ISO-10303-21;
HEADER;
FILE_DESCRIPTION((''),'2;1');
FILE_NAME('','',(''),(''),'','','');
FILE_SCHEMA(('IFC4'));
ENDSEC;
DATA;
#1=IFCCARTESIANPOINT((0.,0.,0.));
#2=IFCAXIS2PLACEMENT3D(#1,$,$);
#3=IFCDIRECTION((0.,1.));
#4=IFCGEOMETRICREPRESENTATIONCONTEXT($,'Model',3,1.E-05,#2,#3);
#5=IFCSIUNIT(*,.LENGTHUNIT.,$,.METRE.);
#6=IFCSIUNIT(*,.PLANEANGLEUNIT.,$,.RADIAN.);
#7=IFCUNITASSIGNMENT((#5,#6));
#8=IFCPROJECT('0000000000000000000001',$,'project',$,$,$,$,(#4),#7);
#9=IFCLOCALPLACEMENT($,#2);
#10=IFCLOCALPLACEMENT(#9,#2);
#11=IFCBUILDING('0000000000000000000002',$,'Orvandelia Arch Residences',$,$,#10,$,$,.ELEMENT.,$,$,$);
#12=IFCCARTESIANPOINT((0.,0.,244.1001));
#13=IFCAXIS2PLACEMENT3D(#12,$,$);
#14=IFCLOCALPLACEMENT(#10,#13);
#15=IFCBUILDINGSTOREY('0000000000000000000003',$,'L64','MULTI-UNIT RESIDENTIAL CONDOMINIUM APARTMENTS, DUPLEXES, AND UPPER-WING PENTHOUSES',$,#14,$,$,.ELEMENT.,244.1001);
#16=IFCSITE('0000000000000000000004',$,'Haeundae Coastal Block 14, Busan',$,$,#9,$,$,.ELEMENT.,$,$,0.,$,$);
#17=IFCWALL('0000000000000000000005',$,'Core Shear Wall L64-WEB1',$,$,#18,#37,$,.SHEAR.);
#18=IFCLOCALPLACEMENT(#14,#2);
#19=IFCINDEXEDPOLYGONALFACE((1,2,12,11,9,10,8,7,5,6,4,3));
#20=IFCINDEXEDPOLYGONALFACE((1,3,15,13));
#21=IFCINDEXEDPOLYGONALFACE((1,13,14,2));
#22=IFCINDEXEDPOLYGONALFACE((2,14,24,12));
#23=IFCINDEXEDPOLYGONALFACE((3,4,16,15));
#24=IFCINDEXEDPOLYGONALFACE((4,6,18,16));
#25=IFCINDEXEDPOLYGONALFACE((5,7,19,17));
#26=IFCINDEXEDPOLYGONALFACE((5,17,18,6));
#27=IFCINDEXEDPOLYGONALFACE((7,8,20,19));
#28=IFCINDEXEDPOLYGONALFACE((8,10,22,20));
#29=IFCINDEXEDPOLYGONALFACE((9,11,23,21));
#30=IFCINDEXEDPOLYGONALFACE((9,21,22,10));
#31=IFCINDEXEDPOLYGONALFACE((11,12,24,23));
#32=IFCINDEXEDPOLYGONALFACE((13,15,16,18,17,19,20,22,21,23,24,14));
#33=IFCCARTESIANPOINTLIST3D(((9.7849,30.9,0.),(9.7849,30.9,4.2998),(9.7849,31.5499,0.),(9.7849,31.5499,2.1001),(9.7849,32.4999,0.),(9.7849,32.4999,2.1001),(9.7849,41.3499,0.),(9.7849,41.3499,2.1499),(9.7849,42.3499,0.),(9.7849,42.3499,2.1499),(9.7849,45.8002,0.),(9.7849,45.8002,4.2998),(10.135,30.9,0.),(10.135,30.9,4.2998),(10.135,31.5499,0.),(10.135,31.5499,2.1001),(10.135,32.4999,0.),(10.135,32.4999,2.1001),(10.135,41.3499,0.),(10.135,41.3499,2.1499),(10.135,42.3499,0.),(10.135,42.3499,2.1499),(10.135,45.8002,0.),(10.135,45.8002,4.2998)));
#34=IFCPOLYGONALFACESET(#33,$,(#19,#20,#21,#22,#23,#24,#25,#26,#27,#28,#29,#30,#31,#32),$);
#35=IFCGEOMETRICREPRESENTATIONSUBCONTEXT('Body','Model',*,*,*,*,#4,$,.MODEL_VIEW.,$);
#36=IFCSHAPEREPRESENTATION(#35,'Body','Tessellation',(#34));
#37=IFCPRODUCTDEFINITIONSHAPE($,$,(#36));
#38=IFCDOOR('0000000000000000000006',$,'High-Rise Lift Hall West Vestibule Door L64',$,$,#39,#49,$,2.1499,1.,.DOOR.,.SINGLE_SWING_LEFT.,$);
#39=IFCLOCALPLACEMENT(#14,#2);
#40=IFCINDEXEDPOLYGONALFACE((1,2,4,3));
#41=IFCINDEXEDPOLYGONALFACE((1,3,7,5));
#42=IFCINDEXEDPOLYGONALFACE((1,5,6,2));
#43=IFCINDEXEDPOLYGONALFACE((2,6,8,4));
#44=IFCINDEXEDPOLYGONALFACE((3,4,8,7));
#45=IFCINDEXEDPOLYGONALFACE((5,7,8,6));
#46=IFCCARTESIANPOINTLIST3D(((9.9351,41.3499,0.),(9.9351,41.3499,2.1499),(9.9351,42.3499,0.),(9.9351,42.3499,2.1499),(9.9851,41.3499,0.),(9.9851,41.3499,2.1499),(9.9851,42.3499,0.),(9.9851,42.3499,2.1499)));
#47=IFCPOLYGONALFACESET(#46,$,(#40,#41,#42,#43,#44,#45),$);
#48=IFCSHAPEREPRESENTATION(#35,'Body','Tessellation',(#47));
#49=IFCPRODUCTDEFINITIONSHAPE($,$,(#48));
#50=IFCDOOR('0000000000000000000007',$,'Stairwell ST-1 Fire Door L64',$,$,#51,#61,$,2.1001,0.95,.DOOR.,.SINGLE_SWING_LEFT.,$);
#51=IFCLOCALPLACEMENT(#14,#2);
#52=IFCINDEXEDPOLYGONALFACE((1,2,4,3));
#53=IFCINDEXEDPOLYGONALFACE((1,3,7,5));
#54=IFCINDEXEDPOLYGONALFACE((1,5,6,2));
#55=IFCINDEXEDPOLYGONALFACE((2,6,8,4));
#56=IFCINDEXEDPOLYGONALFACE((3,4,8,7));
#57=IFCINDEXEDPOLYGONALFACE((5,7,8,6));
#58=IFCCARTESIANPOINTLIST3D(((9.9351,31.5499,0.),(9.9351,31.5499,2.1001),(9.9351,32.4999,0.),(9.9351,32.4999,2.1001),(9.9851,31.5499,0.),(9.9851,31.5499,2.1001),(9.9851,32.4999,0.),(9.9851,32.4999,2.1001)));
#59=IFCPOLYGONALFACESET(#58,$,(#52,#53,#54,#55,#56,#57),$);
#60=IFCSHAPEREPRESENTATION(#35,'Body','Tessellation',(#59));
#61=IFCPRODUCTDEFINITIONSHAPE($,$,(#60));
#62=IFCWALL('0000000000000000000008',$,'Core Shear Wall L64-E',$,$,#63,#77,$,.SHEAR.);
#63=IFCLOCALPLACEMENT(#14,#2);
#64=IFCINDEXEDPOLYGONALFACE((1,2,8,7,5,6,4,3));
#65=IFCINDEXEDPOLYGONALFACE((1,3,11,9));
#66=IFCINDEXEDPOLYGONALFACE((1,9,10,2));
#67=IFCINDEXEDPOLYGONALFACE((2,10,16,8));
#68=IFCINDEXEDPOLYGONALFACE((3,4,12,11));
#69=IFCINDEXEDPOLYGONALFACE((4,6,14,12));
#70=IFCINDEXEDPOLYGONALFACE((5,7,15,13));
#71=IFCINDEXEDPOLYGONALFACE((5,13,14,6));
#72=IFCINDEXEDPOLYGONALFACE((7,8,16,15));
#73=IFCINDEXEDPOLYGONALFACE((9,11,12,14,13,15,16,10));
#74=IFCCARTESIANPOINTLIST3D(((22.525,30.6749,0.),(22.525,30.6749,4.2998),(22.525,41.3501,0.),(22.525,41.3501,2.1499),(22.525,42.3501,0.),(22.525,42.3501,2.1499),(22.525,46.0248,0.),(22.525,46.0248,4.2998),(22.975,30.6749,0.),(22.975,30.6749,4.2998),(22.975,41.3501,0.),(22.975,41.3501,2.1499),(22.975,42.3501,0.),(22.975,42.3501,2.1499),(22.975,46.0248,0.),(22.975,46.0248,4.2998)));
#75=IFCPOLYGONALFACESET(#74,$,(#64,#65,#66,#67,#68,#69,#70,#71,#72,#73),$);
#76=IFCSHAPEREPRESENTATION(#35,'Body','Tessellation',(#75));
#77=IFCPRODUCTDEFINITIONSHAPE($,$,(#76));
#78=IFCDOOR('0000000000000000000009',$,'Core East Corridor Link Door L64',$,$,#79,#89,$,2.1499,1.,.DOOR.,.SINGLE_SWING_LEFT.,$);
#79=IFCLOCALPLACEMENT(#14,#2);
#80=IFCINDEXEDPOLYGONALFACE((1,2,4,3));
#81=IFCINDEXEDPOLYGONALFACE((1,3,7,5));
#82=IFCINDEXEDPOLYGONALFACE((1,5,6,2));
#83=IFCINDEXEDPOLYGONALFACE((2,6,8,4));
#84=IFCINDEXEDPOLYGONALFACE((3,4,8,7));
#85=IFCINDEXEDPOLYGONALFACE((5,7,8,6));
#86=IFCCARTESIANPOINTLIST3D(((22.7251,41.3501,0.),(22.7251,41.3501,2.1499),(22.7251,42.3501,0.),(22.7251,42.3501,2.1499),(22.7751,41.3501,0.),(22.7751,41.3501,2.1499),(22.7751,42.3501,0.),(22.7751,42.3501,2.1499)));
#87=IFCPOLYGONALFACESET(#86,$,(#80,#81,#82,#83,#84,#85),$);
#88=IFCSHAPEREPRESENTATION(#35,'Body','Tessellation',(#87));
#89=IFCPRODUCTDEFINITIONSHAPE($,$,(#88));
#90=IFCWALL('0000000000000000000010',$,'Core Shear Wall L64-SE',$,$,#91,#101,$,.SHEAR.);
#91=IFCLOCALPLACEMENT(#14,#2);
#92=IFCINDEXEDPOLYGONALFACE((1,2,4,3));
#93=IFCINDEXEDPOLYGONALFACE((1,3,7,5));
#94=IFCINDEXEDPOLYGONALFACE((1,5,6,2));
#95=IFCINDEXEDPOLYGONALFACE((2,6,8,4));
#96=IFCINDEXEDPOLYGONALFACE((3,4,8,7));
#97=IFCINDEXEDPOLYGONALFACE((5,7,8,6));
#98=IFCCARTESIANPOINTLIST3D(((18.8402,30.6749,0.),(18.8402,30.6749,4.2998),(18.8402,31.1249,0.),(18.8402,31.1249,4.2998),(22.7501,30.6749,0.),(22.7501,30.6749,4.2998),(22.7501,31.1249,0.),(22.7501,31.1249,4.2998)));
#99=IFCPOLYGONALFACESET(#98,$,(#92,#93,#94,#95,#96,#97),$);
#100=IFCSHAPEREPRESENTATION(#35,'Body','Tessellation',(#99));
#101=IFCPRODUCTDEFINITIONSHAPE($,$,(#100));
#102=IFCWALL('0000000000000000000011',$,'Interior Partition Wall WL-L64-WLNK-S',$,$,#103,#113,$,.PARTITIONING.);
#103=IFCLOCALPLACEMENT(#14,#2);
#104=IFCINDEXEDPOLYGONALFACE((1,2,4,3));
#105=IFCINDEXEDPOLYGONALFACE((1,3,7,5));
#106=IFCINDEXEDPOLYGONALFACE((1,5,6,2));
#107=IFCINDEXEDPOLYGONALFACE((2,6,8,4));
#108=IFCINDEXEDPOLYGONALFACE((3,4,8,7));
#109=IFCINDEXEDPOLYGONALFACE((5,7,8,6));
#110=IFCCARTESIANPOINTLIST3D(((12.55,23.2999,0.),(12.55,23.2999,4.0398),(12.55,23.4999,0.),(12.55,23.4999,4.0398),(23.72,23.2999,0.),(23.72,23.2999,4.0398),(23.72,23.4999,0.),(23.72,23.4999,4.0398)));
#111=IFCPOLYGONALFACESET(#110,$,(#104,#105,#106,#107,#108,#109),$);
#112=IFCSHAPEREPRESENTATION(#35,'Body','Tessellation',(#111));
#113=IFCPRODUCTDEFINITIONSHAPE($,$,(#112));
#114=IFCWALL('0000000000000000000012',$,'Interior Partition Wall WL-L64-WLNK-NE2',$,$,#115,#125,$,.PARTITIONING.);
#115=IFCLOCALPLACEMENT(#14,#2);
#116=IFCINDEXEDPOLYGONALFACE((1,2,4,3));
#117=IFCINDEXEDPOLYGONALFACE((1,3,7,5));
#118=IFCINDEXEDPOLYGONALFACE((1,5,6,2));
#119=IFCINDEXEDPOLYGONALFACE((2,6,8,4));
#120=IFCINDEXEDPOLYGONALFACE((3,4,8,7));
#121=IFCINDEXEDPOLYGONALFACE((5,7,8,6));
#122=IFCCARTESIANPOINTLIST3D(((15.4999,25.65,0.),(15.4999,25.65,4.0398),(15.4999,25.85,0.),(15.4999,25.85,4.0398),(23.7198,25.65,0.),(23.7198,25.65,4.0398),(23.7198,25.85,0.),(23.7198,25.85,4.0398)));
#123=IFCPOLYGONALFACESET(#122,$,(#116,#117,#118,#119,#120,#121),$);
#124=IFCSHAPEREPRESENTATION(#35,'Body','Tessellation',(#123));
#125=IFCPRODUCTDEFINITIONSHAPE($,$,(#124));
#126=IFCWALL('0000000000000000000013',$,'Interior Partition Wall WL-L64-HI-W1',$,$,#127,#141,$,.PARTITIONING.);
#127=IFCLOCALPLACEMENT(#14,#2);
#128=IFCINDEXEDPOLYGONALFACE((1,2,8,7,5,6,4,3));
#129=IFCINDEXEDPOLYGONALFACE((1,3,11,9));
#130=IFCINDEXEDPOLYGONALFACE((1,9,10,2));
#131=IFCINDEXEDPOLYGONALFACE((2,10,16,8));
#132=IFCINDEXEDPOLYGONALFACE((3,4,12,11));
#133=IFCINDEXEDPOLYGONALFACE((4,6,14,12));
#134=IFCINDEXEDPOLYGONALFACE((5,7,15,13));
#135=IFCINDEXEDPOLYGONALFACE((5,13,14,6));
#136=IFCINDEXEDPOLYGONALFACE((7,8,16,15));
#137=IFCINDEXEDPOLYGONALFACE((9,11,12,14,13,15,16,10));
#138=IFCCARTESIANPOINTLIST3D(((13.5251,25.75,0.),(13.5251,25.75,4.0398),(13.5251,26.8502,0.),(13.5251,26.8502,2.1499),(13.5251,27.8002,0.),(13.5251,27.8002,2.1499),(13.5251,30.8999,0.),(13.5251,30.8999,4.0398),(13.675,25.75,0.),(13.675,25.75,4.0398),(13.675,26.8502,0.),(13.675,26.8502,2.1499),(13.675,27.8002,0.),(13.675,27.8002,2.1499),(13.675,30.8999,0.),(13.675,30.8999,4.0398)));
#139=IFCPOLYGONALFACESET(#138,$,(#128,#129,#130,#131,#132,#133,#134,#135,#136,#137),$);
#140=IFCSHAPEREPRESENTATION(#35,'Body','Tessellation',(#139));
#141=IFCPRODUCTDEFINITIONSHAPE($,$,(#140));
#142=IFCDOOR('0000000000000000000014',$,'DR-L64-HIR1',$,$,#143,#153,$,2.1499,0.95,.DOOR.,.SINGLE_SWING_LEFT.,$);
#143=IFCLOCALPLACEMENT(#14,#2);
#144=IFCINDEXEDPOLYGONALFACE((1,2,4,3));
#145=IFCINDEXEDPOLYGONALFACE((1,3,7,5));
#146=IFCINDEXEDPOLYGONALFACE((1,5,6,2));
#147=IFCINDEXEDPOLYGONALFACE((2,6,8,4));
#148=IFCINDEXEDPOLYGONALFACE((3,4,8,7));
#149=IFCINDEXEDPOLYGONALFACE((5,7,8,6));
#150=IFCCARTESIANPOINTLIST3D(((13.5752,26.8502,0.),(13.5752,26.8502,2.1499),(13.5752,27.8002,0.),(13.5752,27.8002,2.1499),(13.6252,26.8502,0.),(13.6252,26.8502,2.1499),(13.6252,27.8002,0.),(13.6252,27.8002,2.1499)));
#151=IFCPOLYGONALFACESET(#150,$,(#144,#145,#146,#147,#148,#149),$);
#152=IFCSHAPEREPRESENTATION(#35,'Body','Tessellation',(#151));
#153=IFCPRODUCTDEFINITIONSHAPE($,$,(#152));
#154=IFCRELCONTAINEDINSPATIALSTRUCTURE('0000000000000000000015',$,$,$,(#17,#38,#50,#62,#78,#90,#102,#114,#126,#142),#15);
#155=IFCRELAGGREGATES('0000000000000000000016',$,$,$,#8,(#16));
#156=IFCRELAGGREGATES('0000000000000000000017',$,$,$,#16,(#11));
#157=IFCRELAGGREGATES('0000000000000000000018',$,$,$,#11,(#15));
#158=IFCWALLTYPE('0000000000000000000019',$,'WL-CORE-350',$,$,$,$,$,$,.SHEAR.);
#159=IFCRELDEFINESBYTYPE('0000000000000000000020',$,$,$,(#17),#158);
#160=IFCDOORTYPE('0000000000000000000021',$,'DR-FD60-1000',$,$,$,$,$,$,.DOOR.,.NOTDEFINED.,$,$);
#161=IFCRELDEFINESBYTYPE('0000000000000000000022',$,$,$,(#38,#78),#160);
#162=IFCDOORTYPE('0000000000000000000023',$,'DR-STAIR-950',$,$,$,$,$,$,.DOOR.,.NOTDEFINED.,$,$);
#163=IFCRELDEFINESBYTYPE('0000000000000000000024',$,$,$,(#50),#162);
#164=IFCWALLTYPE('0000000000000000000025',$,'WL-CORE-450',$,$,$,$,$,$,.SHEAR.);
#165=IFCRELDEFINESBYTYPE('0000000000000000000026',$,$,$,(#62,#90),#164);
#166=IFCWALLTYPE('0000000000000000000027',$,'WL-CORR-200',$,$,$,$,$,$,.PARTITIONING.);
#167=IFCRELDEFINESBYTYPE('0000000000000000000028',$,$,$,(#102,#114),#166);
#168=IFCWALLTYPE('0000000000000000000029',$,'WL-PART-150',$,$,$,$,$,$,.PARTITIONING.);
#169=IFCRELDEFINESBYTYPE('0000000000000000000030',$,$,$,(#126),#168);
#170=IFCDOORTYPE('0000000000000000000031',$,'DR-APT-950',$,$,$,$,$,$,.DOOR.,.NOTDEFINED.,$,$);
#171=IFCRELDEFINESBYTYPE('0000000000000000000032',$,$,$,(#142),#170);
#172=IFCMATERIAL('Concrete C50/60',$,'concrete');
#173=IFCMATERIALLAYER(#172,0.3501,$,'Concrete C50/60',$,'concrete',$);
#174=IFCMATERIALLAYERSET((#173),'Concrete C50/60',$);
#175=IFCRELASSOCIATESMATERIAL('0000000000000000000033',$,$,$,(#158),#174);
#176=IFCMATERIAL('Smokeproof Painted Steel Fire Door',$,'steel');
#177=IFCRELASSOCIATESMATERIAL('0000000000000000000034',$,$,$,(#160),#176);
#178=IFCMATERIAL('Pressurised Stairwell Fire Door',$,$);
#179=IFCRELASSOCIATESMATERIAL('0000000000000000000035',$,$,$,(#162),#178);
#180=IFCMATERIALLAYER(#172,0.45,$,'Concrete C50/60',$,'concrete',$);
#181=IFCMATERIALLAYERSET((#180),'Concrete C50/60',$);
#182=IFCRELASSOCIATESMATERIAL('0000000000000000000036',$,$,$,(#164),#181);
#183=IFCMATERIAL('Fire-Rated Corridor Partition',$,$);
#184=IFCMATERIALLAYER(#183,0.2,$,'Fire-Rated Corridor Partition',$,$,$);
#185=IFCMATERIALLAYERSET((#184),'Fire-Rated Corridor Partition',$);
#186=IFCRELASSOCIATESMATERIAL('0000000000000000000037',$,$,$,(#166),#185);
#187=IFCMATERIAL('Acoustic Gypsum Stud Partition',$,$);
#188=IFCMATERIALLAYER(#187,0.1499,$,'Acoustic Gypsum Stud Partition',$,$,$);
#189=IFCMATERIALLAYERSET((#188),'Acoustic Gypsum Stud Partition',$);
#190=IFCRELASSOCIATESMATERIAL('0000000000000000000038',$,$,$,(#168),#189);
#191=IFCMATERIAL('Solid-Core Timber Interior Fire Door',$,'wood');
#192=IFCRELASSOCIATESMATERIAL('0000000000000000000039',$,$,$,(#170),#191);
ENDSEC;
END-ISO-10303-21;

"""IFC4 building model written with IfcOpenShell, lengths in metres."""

from ifc_helpers import new_model, si_unit, direction, frame, frame_2d, origin, place, context, subcontext, project, spatial, rectangle, extrude, material, layer, layer_set, type_object, element, fill, save


model = new_model("IFC4")

# Units and contexts
model_context = context("Model", 3, precision=1e-05, world=origin(), true_north=direction((0.0, 1.0)))
body_context = subcontext(model_context, "Body", "Model", "MODEL_VIEW")
ifc_project = project(units=[si_unit("LENGTHUNIT", "METRE"), si_unit("PLANEANGLEUNIT", "RADIAN")], contexts=[model_context])

# Site, building, storey
site_placement = place(None, origin())
site = spatial("IfcSite", under=ifc_project, at=site_placement, Name="Haeundae Coastal Block 14, Busan", CompositionType="ELEMENT", RefElevation=0.0)
building_placement = place(site_placement, origin())
building = spatial("IfcBuilding", under=site, at=building_placement, Name="Orvandelia Arch Residences", CompositionType="ELEMENT")
storey_placement = place(building_placement, frame((0.0, 0.0, 244.1001)))
storey = spatial("IfcBuildingStorey", under=building, at=storey_placement, Name="L64", Description="MULTI-UNIT RESIDENTIAL CONDOMINIUM APARTMENTS, DUPLEXES, AND UPPER-WING PENTHOUSES", CompositionType="ELEMENT", Elevation=244.1001)

# Wall, openings, doors
ifc_material_1 = material(Name="Concrete C50/60", Category="concrete")
ifc_layer_1 = layer(ifc_material_1, 0.3501, Name="Concrete C50/60", Category="concrete")
ifc_layer_set_1 = layer_set([ifc_layer_1], Name="Concrete C50/60")
wall_type_1 = type_object("IfcWallType", Name="WL-CORE-350", PredefinedType="SHEAR", material=ifc_layer_set_1)
wall_1_placement = place(storey_placement, frame((9.96, 30.8999, 0.0), z_axis=(0.0, 0.0, 1.0), x_axis=(0.0, 1.0, 0.0)))
wall_1 = element("IfcWall", 1, at=wall_1_placement, inside=storey, type_object=wall_type_1, Name="Core Shear Wall L64-WEB1", PredefinedType="SHEAR", context=body_context, shape_type="SweptSolid", body=[
    extrude(rectangle(XDim=14.9001, YDim=0.3501, at=frame_2d((7.4502, 0.0))), origin(), (0.0, 0.0, 1.0), 4.2998),
])
opening_1_placement = place(wall_1_placement, frame((0.6499, 0.0, 0.0)))
opening_1 = element("IfcOpeningElement", 2, at=opening_1_placement, cuts=wall_1, PredefinedType="OPENING", context=body_context, shape_type="SweptSolid", body=[
    extrude(rectangle(XDim=0.95, YDim=2.1001, at=frame_2d((0.4751, 1.05))), frame((0.0, 0.1851, 0.0), z_axis=(0.0, -1.0, 0.0), x_axis=(1.0, 0.0, 0.0)), (0.0, 0.0, 1.0), 0.3701),
])
opening_2_placement = place(wall_1_placement, frame((10.45, 0.0, 0.0)))
opening_2 = element("IfcOpeningElement", 3, at=opening_2_placement, cuts=wall_1, PredefinedType="OPENING", context=body_context, shape_type="SweptSolid", body=[
    extrude(rectangle(XDim=1.0, YDim=2.1499, at=frame_2d((0.5, 1.075))), frame((0.0, 0.1851, 0.0), z_axis=(0.0, -1.0, 0.0), x_axis=(1.0, 0.0, 0.0)), (0.0, 0.0, 1.0), 0.3701),
])
ifc_material_2 = material(Name="Smokeproof Painted Steel Fire Door", Category="steel")
door_type_1 = type_object("IfcDoorType", Name="DR-FD60-1000", OperationType="NOTDEFINED", PredefinedType="DOOR", material=ifc_material_2)
door_1_placement = place(opening_2_placement, origin())
door_1 = element("IfcDoor", 4, at=door_1_placement, inside=storey, type_object=door_type_1, Name="High-Rise Lift Hall West Vestibule Door L64", OperationType="SINGLE_SWING_LEFT", OverallHeight=2.1499, OverallWidth=1.0, PredefinedType="DOOR", context=body_context, shape_type="SweptSolid", body=[
    extrude(rectangle(XDim=1.0, YDim=2.1499, at=frame_2d((0.5, 1.075))), frame((0.0, 0.0249, 0.0), z_axis=(0.0, -1.0, 0.0), x_axis=(1.0, 0.0, 0.0)), (0.0, 0.0, 1.0), 0.05),
])
fill(opening_2, door_1)
ifc_material_3 = material(Name="Pressurised Stairwell Fire Door")
door_type_2 = type_object("IfcDoorType", Name="DR-STAIR-950", OperationType="NOTDEFINED", PredefinedType="DOOR", material=ifc_material_3)
door_2_placement = place(opening_1_placement, origin())
door_2 = element("IfcDoor", 5, at=door_2_placement, inside=storey, type_object=door_type_2, Name="Stairwell ST-1 Fire Door L64", OperationType="SINGLE_SWING_LEFT", OverallHeight=2.1001, OverallWidth=0.95, PredefinedType="DOOR", context=body_context, shape_type="SweptSolid", body=[
    extrude(rectangle(XDim=0.95, YDim=2.1001, at=frame_2d((0.4751, 1.05))), frame((0.0, 0.0249, 0.0), z_axis=(0.0, -1.0, 0.0), x_axis=(1.0, 0.0, 0.0)), (0.0, 0.0, 1.0), 0.05),
])
fill(opening_1, door_2)

# Wall, opening, door
ifc_layer_2 = layer(ifc_material_1, 0.45, Name="Concrete C50/60", Category="concrete")
ifc_layer_set_2 = layer_set([ifc_layer_2], Name="Concrete C50/60")
wall_type_2 = type_object("IfcWallType", Name="WL-CORE-450", PredefinedType="SHEAR", material=ifc_layer_set_2)
wall_2_placement = place(storey_placement, frame((22.75, 30.675, 0.0), z_axis=(0.0, 0.0, 1.0), x_axis=(0.0, 1.0, 0.0)))
wall_2 = element("IfcWall", 6, at=wall_2_placement, inside=storey, type_object=wall_type_2, Name="Core Shear Wall L64-E", PredefinedType="SHEAR", context=body_context, shape_type="SweptSolid", body=[
    extrude(rectangle(XDim=15.3499, YDim=0.45, at=frame_2d((7.6748, 0.0))), origin(), (0.0, 0.0, 1.0), 4.2998),
])
opening_3_placement = place(wall_2_placement, frame((10.675, 0.0, 0.0)))
opening_3 = element("IfcOpeningElement", 7, at=opening_3_placement, cuts=wall_2, PredefinedType="OPENING", context=body_context, shape_type="SweptSolid", body=[
    extrude(rectangle(XDim=1.0, YDim=2.1499, at=frame_2d((0.5, 1.075))), frame((0.0, 0.2349, 0.0), z_axis=(0.0, -1.0, 0.0), x_axis=(1.0, 0.0, 0.0)), (0.0, 0.0, 1.0), 0.47),
])
door_3_placement = place(opening_3_placement, origin())
door_3 = element("IfcDoor", 8, at=door_3_placement, inside=storey, type_object=door_type_1, Name="Core East Corridor Link Door L64", OperationType="SINGLE_SWING_LEFT", OverallHeight=2.1499, OverallWidth=1.0, PredefinedType="DOOR", context=body_context, shape_type="SweptSolid", body=[
    extrude(rectangle(XDim=1.0, YDim=2.1499, at=frame_2d((0.5, 1.075))), frame((0.0, 0.0249, 0.0), z_axis=(0.0, -1.0, 0.0), x_axis=(1.0, 0.0, 0.0)), (0.0, 0.0, 1.0), 0.05),
])
fill(opening_3, door_3)

# Walls
wall_3_placement = place(storey_placement, frame((18.8401, 30.8999, 0.0), z_axis=(0.0, 0.0, 1.0), x_axis=(1.0, 0.0, 0.0)))
element("IfcWall", 9, at=wall_3_placement, inside=storey, type_object=wall_type_2, Name="Core Shear Wall L64-SE", PredefinedType="SHEAR", context=body_context, shape_type="SweptSolid", body=[
    extrude(rectangle(XDim=3.9099, YDim=0.45, at=frame_2d((1.9551, 0.0))), origin(), (0.0, 0.0, 1.0), 4.2998),
])
ifc_material_4 = material(Name="Fire-Rated Corridor Partition")
ifc_layer_3 = layer(ifc_material_4, 0.2, Name="Fire-Rated Corridor Partition")
ifc_layer_set_3 = layer_set([ifc_layer_3], Name="Fire-Rated Corridor Partition")
wall_type_3 = type_object("IfcWallType", Name="WL-CORR-200", PredefinedType="PARTITIONING", material=ifc_layer_set_3)
wall_4_placement = place(storey_placement, frame((12.55, 23.3999, 0.0), z_axis=(0.0, 0.0, 1.0), x_axis=(1.0, 0.0, 0.0)))
element("IfcWall", 10, at=wall_4_placement, inside=storey, type_object=wall_type_3, Name="Interior Partition Wall WL-L64-WLNK-S", PredefinedType="PARTITIONING", context=body_context, shape_type="SweptSolid", body=[
    extrude(rectangle(XDim=11.1699, YDim=0.2, at=frame_2d((5.585, 0.0))), origin(), (0.0, 0.0, 1.0), 4.0398),
])
wall_5_placement = place(storey_placement, frame((15.5, 25.75, 0.0), z_axis=(0.0, 0.0, 1.0), x_axis=(1.0, 0.0, 0.0)))
element("IfcWall", 11, at=wall_5_placement, inside=storey, type_object=wall_type_3, Name="Interior Partition Wall WL-L64-WLNK-NE2", PredefinedType="PARTITIONING", context=body_context, shape_type="SweptSolid", body=[
    extrude(rectangle(XDim=8.22, YDim=0.2, at=frame_2d((4.1099, 0.0))), origin(), (0.0, 0.0, 1.0), 4.0398),
])

# Wall, opening, door
ifc_material_5 = material(Name="Acoustic Gypsum Stud Partition")
ifc_layer_4 = layer(ifc_material_5, 0.1499, Name="Acoustic Gypsum Stud Partition")
ifc_layer_set_4 = layer_set([ifc_layer_4], Name="Acoustic Gypsum Stud Partition")
wall_type_4 = type_object("IfcWallType", Name="WL-PART-150", PredefinedType="PARTITIONING", material=ifc_layer_set_4)
wall_6_placement = place(storey_placement, frame((13.6001, 25.75, 0.0), z_axis=(0.0, 0.0, 1.0), x_axis=(0.0, 1.0, 0.0)))
wall_6 = element("IfcWall", 12, at=wall_6_placement, inside=storey, type_object=wall_type_4, Name="Interior Partition Wall WL-L64-HI-W1", PredefinedType="PARTITIONING", context=body_context, shape_type="SweptSolid", body=[
    extrude(rectangle(XDim=5.1499, YDim=0.1499, at=frame_2d((2.575, 0.0))), origin(), (0.0, 0.0, 1.0), 4.0398),
])
opening_4_placement = place(wall_6_placement, frame((1.1001, 0.0, 0.0)))
opening_4 = element("IfcOpeningElement", 13, at=opening_4_placement, cuts=wall_6, PredefinedType="OPENING", context=body_context, shape_type="SweptSolid", body=[
    extrude(rectangle(XDim=0.95, YDim=2.1499, at=frame_2d((0.4751, 1.075))), frame((0.0, 0.085, 0.0), z_axis=(0.0, -1.0, 0.0), x_axis=(1.0, 0.0, 0.0)), (0.0, 0.0, 1.0), 0.1699),
])
ifc_material_6 = material(Name="Solid-Core Timber Interior Fire Door", Category="wood")
door_type_3 = type_object("IfcDoorType", Name="DR-APT-950", OperationType="NOTDEFINED", PredefinedType="DOOR", material=ifc_material_6)
door_4_placement = place(opening_4_placement, origin())
door_4 = element("IfcDoor", 14, at=door_4_placement, inside=storey, type_object=door_type_3, Name="DR-L64-HIR1", OperationType="SINGLE_SWING_LEFT", OverallHeight=2.1499, OverallWidth=0.95, PredefinedType="DOOR", context=body_context, shape_type="SweptSolid", body=[
    extrude(rectangle(XDim=0.95, YDim=2.1499, at=frame_2d((0.4751, 1.075))), frame((0.0, 0.0249, 0.0), z_axis=(0.0, -1.0, 0.0), x_axis=(1.0, 0.0, 0.0)), (0.0, 0.0, 1.0), 0.05),
])
fill(opening_4, door_4)

save(model, "model.ifc")
